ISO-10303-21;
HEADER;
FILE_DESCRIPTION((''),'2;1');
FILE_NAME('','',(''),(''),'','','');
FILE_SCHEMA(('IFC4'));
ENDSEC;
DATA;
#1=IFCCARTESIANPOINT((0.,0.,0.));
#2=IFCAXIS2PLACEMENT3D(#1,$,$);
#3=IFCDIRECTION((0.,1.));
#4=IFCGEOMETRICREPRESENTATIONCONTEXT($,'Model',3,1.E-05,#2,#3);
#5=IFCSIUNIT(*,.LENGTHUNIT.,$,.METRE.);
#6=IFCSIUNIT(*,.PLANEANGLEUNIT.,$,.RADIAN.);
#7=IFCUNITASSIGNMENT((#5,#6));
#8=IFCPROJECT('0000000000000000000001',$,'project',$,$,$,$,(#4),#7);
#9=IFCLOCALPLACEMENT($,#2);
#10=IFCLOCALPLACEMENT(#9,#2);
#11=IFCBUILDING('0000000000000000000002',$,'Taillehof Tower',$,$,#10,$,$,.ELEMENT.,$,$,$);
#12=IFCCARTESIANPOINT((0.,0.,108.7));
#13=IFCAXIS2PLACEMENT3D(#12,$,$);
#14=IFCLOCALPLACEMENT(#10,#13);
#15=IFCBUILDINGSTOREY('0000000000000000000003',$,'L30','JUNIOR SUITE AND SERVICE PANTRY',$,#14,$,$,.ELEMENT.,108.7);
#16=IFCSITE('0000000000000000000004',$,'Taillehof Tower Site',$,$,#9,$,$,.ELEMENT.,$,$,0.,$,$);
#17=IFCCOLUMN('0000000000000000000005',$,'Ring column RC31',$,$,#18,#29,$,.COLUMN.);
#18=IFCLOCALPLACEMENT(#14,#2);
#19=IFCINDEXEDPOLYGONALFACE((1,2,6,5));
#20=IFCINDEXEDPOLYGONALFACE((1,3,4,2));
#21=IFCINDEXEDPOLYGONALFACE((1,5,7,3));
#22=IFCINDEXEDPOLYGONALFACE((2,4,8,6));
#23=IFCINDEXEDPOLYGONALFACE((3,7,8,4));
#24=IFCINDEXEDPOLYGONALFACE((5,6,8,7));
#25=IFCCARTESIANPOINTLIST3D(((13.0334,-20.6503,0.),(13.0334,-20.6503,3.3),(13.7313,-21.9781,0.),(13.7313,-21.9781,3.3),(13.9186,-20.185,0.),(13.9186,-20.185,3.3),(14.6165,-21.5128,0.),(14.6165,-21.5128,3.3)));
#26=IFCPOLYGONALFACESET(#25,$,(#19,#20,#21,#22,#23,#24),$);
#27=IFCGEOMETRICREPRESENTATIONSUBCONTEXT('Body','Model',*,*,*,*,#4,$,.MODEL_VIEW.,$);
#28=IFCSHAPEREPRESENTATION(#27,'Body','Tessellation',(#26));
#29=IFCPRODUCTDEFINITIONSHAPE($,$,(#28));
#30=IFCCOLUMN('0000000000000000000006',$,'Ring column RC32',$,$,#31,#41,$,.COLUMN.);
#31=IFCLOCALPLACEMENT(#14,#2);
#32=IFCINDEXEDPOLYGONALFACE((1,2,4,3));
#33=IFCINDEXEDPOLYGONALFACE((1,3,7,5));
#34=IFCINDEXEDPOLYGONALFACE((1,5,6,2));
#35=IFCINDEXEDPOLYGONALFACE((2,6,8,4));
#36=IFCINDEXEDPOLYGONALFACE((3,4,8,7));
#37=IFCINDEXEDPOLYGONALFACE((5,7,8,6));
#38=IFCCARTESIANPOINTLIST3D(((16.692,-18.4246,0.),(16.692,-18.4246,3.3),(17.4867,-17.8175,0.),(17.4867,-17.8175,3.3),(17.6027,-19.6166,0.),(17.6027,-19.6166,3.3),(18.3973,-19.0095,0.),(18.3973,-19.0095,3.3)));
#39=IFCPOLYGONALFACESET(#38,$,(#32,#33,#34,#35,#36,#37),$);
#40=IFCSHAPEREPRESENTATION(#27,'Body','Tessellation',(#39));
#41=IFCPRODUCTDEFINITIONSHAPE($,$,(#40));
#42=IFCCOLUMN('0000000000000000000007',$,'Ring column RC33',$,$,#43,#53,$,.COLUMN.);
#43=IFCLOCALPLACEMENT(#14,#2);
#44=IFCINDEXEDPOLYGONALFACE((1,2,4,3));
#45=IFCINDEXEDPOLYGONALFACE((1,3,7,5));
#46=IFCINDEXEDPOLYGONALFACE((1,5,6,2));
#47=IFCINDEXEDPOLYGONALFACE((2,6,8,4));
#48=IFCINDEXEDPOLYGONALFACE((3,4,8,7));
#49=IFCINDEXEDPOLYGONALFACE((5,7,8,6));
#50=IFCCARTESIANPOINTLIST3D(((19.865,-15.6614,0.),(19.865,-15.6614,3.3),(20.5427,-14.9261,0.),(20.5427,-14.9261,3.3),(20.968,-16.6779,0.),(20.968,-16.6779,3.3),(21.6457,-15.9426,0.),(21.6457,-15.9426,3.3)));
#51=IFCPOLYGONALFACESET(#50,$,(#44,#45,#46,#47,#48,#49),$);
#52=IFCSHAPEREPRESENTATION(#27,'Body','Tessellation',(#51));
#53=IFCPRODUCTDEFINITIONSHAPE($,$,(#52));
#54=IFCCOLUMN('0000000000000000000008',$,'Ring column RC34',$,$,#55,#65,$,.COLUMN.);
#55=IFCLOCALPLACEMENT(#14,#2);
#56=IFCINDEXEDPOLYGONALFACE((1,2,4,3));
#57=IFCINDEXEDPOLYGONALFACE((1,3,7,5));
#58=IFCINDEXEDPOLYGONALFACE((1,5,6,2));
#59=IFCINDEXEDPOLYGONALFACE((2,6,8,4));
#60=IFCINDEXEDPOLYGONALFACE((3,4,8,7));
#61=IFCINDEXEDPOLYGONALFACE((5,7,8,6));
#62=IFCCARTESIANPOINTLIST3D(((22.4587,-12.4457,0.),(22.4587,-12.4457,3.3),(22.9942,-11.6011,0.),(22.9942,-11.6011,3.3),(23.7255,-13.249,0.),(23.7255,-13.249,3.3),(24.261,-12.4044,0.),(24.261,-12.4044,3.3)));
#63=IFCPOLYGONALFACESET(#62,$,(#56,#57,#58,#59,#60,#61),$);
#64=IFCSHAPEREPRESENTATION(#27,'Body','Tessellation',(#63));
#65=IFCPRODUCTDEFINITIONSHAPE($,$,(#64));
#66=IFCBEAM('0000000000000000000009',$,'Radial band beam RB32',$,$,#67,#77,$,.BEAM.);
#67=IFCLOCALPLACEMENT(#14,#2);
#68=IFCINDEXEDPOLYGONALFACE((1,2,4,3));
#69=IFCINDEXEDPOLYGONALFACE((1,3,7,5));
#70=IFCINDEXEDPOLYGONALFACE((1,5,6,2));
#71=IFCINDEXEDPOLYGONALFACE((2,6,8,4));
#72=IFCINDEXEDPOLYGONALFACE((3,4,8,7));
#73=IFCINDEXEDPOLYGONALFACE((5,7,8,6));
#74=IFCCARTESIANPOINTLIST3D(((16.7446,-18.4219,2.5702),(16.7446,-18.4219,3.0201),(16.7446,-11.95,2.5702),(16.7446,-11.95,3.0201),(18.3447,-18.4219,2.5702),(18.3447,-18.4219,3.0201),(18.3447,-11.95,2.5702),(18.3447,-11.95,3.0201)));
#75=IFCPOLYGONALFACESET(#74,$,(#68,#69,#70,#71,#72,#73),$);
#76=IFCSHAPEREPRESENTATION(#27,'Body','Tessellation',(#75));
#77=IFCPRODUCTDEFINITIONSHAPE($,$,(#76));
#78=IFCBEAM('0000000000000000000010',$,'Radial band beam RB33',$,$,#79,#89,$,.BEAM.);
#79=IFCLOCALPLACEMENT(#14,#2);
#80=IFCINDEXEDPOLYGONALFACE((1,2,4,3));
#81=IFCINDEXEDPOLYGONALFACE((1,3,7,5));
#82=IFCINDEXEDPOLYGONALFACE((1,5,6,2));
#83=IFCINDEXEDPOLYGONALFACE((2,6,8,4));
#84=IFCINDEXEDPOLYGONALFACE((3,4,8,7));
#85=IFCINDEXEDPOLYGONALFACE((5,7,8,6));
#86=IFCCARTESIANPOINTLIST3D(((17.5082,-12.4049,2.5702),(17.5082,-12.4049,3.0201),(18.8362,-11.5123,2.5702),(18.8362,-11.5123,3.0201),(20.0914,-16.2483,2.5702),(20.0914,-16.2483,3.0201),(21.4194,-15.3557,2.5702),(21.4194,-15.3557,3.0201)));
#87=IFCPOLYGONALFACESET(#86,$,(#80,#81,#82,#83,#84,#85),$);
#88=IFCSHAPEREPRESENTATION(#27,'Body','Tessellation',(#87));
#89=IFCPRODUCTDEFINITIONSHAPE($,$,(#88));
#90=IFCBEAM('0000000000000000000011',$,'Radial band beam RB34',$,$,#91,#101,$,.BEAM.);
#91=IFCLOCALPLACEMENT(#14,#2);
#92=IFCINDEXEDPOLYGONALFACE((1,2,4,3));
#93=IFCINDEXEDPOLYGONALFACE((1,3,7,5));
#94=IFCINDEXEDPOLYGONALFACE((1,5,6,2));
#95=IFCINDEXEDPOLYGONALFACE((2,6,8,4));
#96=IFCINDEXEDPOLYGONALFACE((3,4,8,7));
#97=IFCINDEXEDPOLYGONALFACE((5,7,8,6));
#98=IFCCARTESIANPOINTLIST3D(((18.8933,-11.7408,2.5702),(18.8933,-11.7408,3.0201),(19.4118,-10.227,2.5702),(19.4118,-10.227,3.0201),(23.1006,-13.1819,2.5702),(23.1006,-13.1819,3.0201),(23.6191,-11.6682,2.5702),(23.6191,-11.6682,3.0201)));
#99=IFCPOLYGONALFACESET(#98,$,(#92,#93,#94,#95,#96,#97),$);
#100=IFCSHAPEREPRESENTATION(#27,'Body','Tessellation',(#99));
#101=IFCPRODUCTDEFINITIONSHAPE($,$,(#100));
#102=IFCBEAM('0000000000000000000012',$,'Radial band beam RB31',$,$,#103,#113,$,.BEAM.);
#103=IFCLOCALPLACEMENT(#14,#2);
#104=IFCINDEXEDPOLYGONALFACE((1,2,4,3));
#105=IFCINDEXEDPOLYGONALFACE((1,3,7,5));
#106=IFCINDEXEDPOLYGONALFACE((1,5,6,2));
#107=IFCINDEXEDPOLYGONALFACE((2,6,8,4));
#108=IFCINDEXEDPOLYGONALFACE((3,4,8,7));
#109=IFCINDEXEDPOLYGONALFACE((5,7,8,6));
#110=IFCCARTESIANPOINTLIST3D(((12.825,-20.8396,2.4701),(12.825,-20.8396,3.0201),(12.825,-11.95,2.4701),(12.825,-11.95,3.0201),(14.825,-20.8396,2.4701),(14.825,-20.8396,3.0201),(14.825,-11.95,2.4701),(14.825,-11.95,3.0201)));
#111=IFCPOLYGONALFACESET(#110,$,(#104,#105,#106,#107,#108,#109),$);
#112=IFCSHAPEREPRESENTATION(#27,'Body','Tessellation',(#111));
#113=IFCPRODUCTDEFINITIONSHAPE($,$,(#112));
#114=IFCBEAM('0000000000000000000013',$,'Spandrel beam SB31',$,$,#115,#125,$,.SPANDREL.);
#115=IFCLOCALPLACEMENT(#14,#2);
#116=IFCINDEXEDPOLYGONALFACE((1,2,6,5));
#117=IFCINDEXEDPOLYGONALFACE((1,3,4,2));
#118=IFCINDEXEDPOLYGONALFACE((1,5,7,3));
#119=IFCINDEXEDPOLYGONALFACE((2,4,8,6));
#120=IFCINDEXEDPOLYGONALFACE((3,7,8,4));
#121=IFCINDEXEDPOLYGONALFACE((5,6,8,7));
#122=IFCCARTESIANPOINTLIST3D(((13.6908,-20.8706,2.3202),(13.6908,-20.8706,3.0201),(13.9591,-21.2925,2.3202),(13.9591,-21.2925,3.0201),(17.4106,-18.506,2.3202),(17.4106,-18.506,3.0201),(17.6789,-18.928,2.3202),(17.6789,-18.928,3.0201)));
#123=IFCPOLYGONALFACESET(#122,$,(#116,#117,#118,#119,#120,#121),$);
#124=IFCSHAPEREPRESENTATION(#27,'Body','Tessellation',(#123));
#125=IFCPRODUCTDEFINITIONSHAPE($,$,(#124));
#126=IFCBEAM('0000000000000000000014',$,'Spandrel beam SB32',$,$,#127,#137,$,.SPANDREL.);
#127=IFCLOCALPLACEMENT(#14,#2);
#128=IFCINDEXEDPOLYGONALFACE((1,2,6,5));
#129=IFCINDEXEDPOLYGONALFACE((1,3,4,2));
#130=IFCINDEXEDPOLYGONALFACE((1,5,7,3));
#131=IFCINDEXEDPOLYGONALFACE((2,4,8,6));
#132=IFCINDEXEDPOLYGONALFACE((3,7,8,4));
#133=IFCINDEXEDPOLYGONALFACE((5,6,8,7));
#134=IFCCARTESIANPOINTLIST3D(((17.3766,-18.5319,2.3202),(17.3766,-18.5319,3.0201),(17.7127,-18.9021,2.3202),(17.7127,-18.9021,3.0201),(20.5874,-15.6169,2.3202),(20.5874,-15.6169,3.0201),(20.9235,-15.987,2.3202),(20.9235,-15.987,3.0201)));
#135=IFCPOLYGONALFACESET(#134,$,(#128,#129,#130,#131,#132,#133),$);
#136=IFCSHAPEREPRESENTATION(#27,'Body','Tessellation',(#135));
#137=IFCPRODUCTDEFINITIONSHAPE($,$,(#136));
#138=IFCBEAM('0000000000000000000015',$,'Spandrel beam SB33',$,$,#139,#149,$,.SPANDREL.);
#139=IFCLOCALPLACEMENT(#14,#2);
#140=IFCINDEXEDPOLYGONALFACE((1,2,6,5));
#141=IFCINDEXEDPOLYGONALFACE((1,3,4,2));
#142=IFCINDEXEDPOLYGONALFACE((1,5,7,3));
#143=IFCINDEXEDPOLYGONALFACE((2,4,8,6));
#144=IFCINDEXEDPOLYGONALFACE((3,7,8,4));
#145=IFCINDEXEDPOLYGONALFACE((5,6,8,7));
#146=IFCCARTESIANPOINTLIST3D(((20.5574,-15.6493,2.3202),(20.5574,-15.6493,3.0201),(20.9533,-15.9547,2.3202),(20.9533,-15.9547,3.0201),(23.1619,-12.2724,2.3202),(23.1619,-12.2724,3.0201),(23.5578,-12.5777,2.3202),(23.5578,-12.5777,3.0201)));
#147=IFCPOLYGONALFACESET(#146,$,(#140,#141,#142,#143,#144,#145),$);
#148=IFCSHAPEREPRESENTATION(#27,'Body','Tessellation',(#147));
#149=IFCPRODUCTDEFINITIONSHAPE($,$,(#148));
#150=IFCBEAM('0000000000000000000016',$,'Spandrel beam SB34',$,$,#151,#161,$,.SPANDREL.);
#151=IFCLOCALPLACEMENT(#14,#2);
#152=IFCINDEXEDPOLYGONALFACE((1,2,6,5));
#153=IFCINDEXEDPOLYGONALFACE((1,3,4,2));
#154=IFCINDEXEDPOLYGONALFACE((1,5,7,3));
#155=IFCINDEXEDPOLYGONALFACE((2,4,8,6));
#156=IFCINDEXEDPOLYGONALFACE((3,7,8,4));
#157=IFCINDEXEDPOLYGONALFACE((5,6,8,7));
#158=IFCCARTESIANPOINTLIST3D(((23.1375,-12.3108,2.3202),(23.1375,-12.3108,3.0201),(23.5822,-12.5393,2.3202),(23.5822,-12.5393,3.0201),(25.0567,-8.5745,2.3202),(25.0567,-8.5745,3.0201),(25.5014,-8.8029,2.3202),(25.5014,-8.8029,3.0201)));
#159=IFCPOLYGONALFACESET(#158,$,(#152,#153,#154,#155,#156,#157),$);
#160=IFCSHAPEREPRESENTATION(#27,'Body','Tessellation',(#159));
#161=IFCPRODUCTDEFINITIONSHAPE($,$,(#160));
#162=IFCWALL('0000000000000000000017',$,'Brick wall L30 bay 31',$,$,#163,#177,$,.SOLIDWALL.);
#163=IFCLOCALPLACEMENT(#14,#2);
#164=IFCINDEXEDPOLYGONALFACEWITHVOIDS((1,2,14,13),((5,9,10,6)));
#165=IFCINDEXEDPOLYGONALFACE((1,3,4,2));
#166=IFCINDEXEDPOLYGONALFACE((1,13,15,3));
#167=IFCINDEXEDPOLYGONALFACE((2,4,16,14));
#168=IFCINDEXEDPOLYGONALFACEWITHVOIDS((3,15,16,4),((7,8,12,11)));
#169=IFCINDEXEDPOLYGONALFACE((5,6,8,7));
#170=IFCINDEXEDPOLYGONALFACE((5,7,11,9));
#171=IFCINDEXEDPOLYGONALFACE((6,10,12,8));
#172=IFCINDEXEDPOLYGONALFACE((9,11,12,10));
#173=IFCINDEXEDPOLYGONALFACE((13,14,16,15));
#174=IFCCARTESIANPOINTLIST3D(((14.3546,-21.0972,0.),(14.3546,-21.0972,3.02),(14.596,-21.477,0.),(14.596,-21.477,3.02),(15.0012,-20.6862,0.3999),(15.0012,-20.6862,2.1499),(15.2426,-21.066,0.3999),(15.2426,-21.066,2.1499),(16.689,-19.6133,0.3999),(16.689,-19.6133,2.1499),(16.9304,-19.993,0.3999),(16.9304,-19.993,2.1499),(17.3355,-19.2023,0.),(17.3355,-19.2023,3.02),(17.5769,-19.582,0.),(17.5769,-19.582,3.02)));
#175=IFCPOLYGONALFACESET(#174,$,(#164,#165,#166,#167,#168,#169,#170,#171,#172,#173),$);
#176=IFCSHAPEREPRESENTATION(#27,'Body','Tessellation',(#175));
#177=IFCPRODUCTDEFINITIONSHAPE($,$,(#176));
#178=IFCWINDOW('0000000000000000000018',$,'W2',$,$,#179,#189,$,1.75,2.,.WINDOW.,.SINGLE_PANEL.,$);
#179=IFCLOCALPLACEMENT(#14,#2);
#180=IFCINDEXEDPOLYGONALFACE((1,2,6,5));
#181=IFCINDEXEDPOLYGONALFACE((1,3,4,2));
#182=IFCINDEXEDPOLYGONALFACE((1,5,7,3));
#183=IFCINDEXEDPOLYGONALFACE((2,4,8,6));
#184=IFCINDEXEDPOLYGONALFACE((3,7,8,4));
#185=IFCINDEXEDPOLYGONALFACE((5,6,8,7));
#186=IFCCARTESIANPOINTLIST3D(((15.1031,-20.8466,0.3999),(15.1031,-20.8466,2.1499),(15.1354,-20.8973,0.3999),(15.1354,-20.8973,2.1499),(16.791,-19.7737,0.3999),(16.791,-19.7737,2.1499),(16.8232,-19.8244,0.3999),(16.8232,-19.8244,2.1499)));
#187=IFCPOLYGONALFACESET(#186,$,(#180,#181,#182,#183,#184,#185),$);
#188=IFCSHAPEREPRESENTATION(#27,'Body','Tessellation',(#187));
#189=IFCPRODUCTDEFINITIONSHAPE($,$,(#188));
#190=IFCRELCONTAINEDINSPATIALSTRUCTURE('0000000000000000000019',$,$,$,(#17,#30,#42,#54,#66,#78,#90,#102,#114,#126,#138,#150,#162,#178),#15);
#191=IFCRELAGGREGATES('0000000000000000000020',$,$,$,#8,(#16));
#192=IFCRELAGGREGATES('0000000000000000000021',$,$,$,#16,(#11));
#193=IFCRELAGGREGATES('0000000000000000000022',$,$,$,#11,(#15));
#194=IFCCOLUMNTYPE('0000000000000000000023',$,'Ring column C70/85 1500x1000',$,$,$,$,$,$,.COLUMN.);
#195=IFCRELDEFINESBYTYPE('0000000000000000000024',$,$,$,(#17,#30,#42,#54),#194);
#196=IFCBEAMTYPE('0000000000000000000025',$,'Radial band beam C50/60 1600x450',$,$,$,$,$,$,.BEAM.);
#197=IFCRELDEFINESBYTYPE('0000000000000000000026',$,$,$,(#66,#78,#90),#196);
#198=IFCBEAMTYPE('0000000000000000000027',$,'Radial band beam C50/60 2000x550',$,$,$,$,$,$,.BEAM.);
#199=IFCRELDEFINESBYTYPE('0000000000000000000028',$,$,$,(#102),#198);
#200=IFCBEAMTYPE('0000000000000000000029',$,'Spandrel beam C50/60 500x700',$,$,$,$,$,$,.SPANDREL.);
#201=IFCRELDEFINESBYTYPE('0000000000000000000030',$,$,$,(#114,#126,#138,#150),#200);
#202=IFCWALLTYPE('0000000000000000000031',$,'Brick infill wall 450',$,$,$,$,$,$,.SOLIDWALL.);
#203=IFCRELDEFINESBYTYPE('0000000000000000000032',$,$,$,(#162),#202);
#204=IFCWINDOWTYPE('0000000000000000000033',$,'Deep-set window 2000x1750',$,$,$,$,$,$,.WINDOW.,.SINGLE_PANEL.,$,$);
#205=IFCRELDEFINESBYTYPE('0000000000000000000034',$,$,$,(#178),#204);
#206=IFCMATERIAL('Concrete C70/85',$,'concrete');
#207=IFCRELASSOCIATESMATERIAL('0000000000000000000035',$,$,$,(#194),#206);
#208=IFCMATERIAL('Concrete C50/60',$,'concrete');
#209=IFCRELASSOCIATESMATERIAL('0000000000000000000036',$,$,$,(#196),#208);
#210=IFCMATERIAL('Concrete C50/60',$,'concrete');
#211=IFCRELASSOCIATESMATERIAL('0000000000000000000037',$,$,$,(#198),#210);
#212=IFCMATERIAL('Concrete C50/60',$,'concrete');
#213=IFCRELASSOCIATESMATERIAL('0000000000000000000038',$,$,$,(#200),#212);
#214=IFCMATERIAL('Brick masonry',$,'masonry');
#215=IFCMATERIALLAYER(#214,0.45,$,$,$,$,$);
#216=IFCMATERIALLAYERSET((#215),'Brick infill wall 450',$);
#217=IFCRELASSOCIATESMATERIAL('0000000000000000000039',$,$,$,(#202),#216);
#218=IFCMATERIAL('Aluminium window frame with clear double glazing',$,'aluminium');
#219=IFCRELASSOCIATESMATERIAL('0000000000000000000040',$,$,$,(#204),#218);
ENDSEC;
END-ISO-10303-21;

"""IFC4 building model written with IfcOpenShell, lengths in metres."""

from ifc_helpers import new_model, si_unit, direction, frame, frame_2d, origin, origin_2d, place, context, subcontext, project, spatial, rectangle, extrude, material, layer, layer_set, material_profile, profile_set, type_object, element, fill, save


model = new_model("IFC4")

# Units and contexts
model_context = context("Model", 3, precision=1e-05, world=origin(), true_north=direction((0.0, 1.0)))
body_context = subcontext(model_context, "Body", "Model", "MODEL_VIEW")
ifc_project = project(units=[si_unit("LENGTHUNIT", "METRE"), si_unit("PLANEANGLEUNIT", "RADIAN")], contexts=[model_context])

# Site, building, storey
site_placement = place(None, origin())
site = spatial("IfcSite", under=ifc_project, at=site_placement, Name="Taillehof Tower Site", CompositionType="ELEMENT", RefElevation=0.0)
building_placement = place(site_placement, origin())
building = spatial("IfcBuilding", under=site, at=building_placement, Name="Taillehof Tower", CompositionType="ELEMENT")
storey_placement = place(building_placement, frame((0.0, 0.0, 108.7)))
storey = spatial("IfcBuildingStorey", under=building, at=storey_placement, Name="L30", Description="JUNIOR SUITE AND SERVICE PANTRY", CompositionType="ELEMENT", Elevation=108.7)

# Columns
ifc_material_1 = material(Name="Concrete C70/85", Category="concrete")
ifc_material_profile_1 = material_profile(ifc_material_1, rectangle(XDim=1.5, YDim=1.0, at=origin_2d()), Name="RC 1500x1000")
ifc_profile_set_1 = profile_set([ifc_material_profile_1], Name="Concrete C70/85")
column_type = type_object("IfcColumnType", Name="Ring column C70/85 1500x1000", PredefinedType="COLUMN", material=ifc_profile_set_1)
for number, where, z_axis, x_axis, name in (
    (1, (13.825, -21.0815, 0.0), (0.0, 0.0, 1.0), (0.465283, -0.885162, 0.0), "Ring column RC31"),
    (2, (17.5447, -18.717, 0.0), (0.0, 0.0, 1.0), (0.607074, -0.794645, 0.0), "Ring column RC32"),
    (3, (20.7554, -15.802, 0.0), (0.0, 0.0, 1.0), (0.735332, -0.677707, 0.0), "Ring column RC33"),
    (4, (23.3599, -12.425, 0.0), (0.0, 0.0, 1.0), (0.844511, -0.535537, 0.0), "Ring column RC34"),
):
    element("IfcColumn", number, at=place(storey_placement, frame(where, z_axis=z_axis, x_axis=x_axis)), inside=storey, type_object=column_type, Name=name, PredefinedType="COLUMN", context=body_context, shape_type="SweptSolid", body=[
        extrude(rectangle(XDim=1.5, YDim=1.0, at=origin_2d()), origin(), (0.0, 0.0, 1.0), 3.3),
    ])

# Beams
ifc_material_2 = material(Name="Concrete C50/60", Category="concrete")
ifc_material_profile_2 = material_profile(ifc_material_2, rectangle(XDim=1.6001, YDim=0.45, at=origin_2d()), Name="RC 1600x450")
ifc_profile_set_2 = profile_set([ifc_material_profile_2], Name="Concrete C50/60")
beam_type_1 = type_object("IfcBeamType", Name="Radial band beam C50/60 1600x450", PredefinedType="BEAM", material=ifc_profile_set_2)
beam_1_placement = place(storey_placement, frame((17.5447, -18.4219, 2.7952), z_axis=(0.0, 1.0, 0.0), x_axis=(-1.0, 0.0, 0.0)))
element("IfcBeam", 5, at=beam_1_placement, inside=storey, type_object=beam_type_1, Name="Radial band beam RB32", PredefinedType="BEAM", context=body_context, shape_type="SweptSolid", body=[
    extrude(rectangle(XDim=1.6001, YDim=0.45, at=origin_2d()), origin(), (0.0, 0.0, 1.0), 6.4719),
])
beam_2_placement = place(storey_placement, frame((20.7554, -15.802, 2.7952), z_axis=(-0.557823, 0.82996, 0.0), x_axis=(-0.82996, -0.557823, 0.0)))
element("IfcBeam", 6, at=beam_2_placement, inside=storey, type_object=beam_type_1, Name="Radial band beam RB33", PredefinedType="BEAM", context=body_context, shape_type="SweptSolid", body=[
    extrude(rectangle(XDim=1.6001, YDim=0.45, at=origin_2d()), origin(), (0.0, 0.0, 1.0), 4.6309),
])
beam_3_placement = place(storey_placement, frame((23.3599, -12.425, 2.7952), z_axis=(-0.946038, 0.324056, 0.0), x_axis=(-0.324056, -0.946038, 0.0)))
element("IfcBeam", 7, at=beam_3_placement, inside=storey, type_object=beam_type_1, Name="Radial band beam RB34", PredefinedType="BEAM", context=body_context, shape_type="SweptSolid", body=[
    extrude(rectangle(XDim=1.6001, YDim=0.45, at=origin_2d()), origin(), (0.0, 0.0, 1.0), 4.4473),
])
ifc_material_3 = material(Name="Concrete C50/60", Category="concrete")
ifc_material_profile_3 = material_profile(ifc_material_3, rectangle(XDim=2.0, YDim=0.55, at=origin_2d()), Name="RC 2000x550")
ifc_profile_set_3 = profile_set([ifc_material_profile_3], Name="Concrete C50/60")
beam_type_2 = type_object("IfcBeamType", Name="Radial band beam C50/60 2000x550", PredefinedType="BEAM", material=ifc_profile_set_3)
beam_4_placement = place(storey_placement, frame((13.825, -20.8396, 2.7451), z_axis=(0.0, 1.0, 0.0), x_axis=(-1.0, 0.0, 0.0)))
element("IfcBeam", 8, at=beam_4_placement, inside=storey, type_object=beam_type_2, Name="Radial band beam RB31", PredefinedType="BEAM", context=body_context, shape_type="SweptSolid", body=[
    extrude(rectangle(XDim=2.0, YDim=0.55, at=origin_2d()), origin(), (0.0, 0.0, 1.0), 8.8896),
])
ifc_material_4 = material(Name="Concrete C50/60", Category="concrete")
ifc_material_profile_4 = material_profile(ifc_material_4, rectangle(XDim=0.5, YDim=0.7, at=origin_2d()), Name="RC 500x700")
ifc_profile_set_4 = profile_set([ifc_material_profile_4], Name="Concrete C50/60")
beam_type_3 = type_object("IfcBeamType", Name="Spandrel beam C50/60 500x700", PredefinedType="SPANDREL", material=ifc_profile_set_4)
beam_5_placement = place(storey_placement, frame((13.825, -21.0815, 2.6702), z_axis=(0.843928, 0.536456, 0.0), x_axis=(-0.536456, 0.843928, 0.0)))
element("IfcBeam", 9, at=beam_5_placement, inside=storey, type_object=beam_type_3, Name="Spandrel beam SB31", PredefinedType="SPANDREL", context=body_context, shape_type="SweptSolid", body=[
    extrude(rectangle(XDim=0.5, YDim=0.7, at=origin_2d()), origin(), (0.0, 0.0, 1.0), 4.4077),
])
beam_6_placement = place(storey_placement, frame((17.5447, -18.717, 2.6702), z_axis=(0.740373, 0.672196, 0.0), x_axis=(-0.672196, 0.740373, 0.0)))
element("IfcBeam", 10, at=beam_6_placement, inside=storey, type_object=beam_type_3, Name="Spandrel beam SB32", PredefinedType="SPANDREL", context=body_context, shape_type="SweptSolid", body=[
    extrude(rectangle(XDim=0.5, YDim=0.7, at=origin_2d()), origin(), (0.0, 0.0, 1.0), 4.3367),
])
beam_7_placement = place(storey_placement, frame((20.7554, -15.802, 2.6702), z_axis=(0.610717, 0.791849, 0.0), x_axis=(-0.791849, 0.610717, 0.0)))
element("IfcBeam", 11, at=beam_7_placement, inside=storey, type_object=beam_type_3, Name="Spandrel beam SB33", PredefinedType="SPANDREL", context=body_context, shape_type="SweptSolid", body=[
    extrude(rectangle(XDim=0.5, YDim=0.7, at=origin_2d()), origin(), (0.0, 0.0, 1.0), 4.2646),
])
beam_8_placement = place(storey_placement, frame((23.3599, -12.425, 2.6702), z_axis=(0.456905, 0.889515, 0.0), x_axis=(-0.889515, 0.456905, 0.0)))
element("IfcBeam", 12, at=beam_8_placement, inside=storey, type_object=beam_type_3, Name="Spandrel beam SB34", PredefinedType="SPANDREL", context=body_context, shape_type="SweptSolid", body=[
    extrude(rectangle(XDim=0.5, YDim=0.7, at=origin_2d()), origin(), (0.0, 0.0, 1.0), 4.2004),
])

# Wall, opening, window
ifc_material_5 = material(Name="Brick masonry", Category="masonry")
ifc_layer_1 = layer(ifc_material_5, 0.45)
ifc_layer_set_1 = layer_set([ifc_layer_1], Name="Brick infill wall 450")
wall_type_1 = type_object("IfcWallType", Name="Brick infill wall 450", PredefinedType="SOLIDWALL", material=ifc_layer_set_1)
wall_1_placement = place(storey_placement, frame((14.4753, -21.2871, 0.0), z_axis=(0.0, 0.0, 1.0), x_axis=(0.843912, 0.536482, 0.0)))
wall_1 = element("IfcWall", 13, at=wall_1_placement, inside=storey, type_object=wall_type_1, Name="Brick wall L30 bay 31", PredefinedType="SOLIDWALL", context=body_context, shape_type="SweptSolid", body=[
    extrude(rectangle(XDim=3.5322, YDim=0.45, at=frame_2d((1.7661, 0.0))), origin(), (0.0, 0.0, 1.0), 3.02),
])
opening_1_placement = place(wall_1_placement, frame((0.7661, 0.0, 0.3999)))
opening_1 = element("IfcOpeningElement", 14, at=opening_1_placement, cuts=wall_1, PredefinedType="OPENING", context=body_context, shape_type="SweptSolid", body=[
    extrude(rectangle(XDim=2.0, YDim=1.75, at=frame_2d((1.0, 0.875))), frame((0.0, 0.2349, 0.0), z_axis=(0.0, -1.0, 0.0), x_axis=(1.0, 0.0, 0.0)), (0.0, 0.0, 1.0), 0.47),
])
ifc_material_6 = material(Name="Aluminium window frame with clear double glazing", Category="aluminium")
window_type_1 = type_object("IfcWindowType", Name="Deep-set window 2000x1750", PartitioningType="SINGLE_PANEL", PredefinedType="WINDOW", material=ifc_material_6)
window_1_placement = place(opening_1_placement, origin())
window_1 = element("IfcWindow", 15, at=window_1_placement, inside=storey, type_object=window_type_1, Name="W2", OverallHeight=1.75, OverallWidth=2.0, PartitioningType="SINGLE_PANEL", PredefinedType="WINDOW", context=body_context, shape_type="SweptSolid", body=[
    extrude(rectangle(XDim=2.0, YDim=1.75, at=frame_2d((1.0, 0.875))), frame((0.0, 0.0349, 0.0), z_axis=(0.0, -1.0, 0.0), x_axis=(1.0, 0.0, 0.0)), (0.0, 0.0, 1.0), 0.0601),
])
fill(opening_1, window_1)

save(model, "model.ifc")
